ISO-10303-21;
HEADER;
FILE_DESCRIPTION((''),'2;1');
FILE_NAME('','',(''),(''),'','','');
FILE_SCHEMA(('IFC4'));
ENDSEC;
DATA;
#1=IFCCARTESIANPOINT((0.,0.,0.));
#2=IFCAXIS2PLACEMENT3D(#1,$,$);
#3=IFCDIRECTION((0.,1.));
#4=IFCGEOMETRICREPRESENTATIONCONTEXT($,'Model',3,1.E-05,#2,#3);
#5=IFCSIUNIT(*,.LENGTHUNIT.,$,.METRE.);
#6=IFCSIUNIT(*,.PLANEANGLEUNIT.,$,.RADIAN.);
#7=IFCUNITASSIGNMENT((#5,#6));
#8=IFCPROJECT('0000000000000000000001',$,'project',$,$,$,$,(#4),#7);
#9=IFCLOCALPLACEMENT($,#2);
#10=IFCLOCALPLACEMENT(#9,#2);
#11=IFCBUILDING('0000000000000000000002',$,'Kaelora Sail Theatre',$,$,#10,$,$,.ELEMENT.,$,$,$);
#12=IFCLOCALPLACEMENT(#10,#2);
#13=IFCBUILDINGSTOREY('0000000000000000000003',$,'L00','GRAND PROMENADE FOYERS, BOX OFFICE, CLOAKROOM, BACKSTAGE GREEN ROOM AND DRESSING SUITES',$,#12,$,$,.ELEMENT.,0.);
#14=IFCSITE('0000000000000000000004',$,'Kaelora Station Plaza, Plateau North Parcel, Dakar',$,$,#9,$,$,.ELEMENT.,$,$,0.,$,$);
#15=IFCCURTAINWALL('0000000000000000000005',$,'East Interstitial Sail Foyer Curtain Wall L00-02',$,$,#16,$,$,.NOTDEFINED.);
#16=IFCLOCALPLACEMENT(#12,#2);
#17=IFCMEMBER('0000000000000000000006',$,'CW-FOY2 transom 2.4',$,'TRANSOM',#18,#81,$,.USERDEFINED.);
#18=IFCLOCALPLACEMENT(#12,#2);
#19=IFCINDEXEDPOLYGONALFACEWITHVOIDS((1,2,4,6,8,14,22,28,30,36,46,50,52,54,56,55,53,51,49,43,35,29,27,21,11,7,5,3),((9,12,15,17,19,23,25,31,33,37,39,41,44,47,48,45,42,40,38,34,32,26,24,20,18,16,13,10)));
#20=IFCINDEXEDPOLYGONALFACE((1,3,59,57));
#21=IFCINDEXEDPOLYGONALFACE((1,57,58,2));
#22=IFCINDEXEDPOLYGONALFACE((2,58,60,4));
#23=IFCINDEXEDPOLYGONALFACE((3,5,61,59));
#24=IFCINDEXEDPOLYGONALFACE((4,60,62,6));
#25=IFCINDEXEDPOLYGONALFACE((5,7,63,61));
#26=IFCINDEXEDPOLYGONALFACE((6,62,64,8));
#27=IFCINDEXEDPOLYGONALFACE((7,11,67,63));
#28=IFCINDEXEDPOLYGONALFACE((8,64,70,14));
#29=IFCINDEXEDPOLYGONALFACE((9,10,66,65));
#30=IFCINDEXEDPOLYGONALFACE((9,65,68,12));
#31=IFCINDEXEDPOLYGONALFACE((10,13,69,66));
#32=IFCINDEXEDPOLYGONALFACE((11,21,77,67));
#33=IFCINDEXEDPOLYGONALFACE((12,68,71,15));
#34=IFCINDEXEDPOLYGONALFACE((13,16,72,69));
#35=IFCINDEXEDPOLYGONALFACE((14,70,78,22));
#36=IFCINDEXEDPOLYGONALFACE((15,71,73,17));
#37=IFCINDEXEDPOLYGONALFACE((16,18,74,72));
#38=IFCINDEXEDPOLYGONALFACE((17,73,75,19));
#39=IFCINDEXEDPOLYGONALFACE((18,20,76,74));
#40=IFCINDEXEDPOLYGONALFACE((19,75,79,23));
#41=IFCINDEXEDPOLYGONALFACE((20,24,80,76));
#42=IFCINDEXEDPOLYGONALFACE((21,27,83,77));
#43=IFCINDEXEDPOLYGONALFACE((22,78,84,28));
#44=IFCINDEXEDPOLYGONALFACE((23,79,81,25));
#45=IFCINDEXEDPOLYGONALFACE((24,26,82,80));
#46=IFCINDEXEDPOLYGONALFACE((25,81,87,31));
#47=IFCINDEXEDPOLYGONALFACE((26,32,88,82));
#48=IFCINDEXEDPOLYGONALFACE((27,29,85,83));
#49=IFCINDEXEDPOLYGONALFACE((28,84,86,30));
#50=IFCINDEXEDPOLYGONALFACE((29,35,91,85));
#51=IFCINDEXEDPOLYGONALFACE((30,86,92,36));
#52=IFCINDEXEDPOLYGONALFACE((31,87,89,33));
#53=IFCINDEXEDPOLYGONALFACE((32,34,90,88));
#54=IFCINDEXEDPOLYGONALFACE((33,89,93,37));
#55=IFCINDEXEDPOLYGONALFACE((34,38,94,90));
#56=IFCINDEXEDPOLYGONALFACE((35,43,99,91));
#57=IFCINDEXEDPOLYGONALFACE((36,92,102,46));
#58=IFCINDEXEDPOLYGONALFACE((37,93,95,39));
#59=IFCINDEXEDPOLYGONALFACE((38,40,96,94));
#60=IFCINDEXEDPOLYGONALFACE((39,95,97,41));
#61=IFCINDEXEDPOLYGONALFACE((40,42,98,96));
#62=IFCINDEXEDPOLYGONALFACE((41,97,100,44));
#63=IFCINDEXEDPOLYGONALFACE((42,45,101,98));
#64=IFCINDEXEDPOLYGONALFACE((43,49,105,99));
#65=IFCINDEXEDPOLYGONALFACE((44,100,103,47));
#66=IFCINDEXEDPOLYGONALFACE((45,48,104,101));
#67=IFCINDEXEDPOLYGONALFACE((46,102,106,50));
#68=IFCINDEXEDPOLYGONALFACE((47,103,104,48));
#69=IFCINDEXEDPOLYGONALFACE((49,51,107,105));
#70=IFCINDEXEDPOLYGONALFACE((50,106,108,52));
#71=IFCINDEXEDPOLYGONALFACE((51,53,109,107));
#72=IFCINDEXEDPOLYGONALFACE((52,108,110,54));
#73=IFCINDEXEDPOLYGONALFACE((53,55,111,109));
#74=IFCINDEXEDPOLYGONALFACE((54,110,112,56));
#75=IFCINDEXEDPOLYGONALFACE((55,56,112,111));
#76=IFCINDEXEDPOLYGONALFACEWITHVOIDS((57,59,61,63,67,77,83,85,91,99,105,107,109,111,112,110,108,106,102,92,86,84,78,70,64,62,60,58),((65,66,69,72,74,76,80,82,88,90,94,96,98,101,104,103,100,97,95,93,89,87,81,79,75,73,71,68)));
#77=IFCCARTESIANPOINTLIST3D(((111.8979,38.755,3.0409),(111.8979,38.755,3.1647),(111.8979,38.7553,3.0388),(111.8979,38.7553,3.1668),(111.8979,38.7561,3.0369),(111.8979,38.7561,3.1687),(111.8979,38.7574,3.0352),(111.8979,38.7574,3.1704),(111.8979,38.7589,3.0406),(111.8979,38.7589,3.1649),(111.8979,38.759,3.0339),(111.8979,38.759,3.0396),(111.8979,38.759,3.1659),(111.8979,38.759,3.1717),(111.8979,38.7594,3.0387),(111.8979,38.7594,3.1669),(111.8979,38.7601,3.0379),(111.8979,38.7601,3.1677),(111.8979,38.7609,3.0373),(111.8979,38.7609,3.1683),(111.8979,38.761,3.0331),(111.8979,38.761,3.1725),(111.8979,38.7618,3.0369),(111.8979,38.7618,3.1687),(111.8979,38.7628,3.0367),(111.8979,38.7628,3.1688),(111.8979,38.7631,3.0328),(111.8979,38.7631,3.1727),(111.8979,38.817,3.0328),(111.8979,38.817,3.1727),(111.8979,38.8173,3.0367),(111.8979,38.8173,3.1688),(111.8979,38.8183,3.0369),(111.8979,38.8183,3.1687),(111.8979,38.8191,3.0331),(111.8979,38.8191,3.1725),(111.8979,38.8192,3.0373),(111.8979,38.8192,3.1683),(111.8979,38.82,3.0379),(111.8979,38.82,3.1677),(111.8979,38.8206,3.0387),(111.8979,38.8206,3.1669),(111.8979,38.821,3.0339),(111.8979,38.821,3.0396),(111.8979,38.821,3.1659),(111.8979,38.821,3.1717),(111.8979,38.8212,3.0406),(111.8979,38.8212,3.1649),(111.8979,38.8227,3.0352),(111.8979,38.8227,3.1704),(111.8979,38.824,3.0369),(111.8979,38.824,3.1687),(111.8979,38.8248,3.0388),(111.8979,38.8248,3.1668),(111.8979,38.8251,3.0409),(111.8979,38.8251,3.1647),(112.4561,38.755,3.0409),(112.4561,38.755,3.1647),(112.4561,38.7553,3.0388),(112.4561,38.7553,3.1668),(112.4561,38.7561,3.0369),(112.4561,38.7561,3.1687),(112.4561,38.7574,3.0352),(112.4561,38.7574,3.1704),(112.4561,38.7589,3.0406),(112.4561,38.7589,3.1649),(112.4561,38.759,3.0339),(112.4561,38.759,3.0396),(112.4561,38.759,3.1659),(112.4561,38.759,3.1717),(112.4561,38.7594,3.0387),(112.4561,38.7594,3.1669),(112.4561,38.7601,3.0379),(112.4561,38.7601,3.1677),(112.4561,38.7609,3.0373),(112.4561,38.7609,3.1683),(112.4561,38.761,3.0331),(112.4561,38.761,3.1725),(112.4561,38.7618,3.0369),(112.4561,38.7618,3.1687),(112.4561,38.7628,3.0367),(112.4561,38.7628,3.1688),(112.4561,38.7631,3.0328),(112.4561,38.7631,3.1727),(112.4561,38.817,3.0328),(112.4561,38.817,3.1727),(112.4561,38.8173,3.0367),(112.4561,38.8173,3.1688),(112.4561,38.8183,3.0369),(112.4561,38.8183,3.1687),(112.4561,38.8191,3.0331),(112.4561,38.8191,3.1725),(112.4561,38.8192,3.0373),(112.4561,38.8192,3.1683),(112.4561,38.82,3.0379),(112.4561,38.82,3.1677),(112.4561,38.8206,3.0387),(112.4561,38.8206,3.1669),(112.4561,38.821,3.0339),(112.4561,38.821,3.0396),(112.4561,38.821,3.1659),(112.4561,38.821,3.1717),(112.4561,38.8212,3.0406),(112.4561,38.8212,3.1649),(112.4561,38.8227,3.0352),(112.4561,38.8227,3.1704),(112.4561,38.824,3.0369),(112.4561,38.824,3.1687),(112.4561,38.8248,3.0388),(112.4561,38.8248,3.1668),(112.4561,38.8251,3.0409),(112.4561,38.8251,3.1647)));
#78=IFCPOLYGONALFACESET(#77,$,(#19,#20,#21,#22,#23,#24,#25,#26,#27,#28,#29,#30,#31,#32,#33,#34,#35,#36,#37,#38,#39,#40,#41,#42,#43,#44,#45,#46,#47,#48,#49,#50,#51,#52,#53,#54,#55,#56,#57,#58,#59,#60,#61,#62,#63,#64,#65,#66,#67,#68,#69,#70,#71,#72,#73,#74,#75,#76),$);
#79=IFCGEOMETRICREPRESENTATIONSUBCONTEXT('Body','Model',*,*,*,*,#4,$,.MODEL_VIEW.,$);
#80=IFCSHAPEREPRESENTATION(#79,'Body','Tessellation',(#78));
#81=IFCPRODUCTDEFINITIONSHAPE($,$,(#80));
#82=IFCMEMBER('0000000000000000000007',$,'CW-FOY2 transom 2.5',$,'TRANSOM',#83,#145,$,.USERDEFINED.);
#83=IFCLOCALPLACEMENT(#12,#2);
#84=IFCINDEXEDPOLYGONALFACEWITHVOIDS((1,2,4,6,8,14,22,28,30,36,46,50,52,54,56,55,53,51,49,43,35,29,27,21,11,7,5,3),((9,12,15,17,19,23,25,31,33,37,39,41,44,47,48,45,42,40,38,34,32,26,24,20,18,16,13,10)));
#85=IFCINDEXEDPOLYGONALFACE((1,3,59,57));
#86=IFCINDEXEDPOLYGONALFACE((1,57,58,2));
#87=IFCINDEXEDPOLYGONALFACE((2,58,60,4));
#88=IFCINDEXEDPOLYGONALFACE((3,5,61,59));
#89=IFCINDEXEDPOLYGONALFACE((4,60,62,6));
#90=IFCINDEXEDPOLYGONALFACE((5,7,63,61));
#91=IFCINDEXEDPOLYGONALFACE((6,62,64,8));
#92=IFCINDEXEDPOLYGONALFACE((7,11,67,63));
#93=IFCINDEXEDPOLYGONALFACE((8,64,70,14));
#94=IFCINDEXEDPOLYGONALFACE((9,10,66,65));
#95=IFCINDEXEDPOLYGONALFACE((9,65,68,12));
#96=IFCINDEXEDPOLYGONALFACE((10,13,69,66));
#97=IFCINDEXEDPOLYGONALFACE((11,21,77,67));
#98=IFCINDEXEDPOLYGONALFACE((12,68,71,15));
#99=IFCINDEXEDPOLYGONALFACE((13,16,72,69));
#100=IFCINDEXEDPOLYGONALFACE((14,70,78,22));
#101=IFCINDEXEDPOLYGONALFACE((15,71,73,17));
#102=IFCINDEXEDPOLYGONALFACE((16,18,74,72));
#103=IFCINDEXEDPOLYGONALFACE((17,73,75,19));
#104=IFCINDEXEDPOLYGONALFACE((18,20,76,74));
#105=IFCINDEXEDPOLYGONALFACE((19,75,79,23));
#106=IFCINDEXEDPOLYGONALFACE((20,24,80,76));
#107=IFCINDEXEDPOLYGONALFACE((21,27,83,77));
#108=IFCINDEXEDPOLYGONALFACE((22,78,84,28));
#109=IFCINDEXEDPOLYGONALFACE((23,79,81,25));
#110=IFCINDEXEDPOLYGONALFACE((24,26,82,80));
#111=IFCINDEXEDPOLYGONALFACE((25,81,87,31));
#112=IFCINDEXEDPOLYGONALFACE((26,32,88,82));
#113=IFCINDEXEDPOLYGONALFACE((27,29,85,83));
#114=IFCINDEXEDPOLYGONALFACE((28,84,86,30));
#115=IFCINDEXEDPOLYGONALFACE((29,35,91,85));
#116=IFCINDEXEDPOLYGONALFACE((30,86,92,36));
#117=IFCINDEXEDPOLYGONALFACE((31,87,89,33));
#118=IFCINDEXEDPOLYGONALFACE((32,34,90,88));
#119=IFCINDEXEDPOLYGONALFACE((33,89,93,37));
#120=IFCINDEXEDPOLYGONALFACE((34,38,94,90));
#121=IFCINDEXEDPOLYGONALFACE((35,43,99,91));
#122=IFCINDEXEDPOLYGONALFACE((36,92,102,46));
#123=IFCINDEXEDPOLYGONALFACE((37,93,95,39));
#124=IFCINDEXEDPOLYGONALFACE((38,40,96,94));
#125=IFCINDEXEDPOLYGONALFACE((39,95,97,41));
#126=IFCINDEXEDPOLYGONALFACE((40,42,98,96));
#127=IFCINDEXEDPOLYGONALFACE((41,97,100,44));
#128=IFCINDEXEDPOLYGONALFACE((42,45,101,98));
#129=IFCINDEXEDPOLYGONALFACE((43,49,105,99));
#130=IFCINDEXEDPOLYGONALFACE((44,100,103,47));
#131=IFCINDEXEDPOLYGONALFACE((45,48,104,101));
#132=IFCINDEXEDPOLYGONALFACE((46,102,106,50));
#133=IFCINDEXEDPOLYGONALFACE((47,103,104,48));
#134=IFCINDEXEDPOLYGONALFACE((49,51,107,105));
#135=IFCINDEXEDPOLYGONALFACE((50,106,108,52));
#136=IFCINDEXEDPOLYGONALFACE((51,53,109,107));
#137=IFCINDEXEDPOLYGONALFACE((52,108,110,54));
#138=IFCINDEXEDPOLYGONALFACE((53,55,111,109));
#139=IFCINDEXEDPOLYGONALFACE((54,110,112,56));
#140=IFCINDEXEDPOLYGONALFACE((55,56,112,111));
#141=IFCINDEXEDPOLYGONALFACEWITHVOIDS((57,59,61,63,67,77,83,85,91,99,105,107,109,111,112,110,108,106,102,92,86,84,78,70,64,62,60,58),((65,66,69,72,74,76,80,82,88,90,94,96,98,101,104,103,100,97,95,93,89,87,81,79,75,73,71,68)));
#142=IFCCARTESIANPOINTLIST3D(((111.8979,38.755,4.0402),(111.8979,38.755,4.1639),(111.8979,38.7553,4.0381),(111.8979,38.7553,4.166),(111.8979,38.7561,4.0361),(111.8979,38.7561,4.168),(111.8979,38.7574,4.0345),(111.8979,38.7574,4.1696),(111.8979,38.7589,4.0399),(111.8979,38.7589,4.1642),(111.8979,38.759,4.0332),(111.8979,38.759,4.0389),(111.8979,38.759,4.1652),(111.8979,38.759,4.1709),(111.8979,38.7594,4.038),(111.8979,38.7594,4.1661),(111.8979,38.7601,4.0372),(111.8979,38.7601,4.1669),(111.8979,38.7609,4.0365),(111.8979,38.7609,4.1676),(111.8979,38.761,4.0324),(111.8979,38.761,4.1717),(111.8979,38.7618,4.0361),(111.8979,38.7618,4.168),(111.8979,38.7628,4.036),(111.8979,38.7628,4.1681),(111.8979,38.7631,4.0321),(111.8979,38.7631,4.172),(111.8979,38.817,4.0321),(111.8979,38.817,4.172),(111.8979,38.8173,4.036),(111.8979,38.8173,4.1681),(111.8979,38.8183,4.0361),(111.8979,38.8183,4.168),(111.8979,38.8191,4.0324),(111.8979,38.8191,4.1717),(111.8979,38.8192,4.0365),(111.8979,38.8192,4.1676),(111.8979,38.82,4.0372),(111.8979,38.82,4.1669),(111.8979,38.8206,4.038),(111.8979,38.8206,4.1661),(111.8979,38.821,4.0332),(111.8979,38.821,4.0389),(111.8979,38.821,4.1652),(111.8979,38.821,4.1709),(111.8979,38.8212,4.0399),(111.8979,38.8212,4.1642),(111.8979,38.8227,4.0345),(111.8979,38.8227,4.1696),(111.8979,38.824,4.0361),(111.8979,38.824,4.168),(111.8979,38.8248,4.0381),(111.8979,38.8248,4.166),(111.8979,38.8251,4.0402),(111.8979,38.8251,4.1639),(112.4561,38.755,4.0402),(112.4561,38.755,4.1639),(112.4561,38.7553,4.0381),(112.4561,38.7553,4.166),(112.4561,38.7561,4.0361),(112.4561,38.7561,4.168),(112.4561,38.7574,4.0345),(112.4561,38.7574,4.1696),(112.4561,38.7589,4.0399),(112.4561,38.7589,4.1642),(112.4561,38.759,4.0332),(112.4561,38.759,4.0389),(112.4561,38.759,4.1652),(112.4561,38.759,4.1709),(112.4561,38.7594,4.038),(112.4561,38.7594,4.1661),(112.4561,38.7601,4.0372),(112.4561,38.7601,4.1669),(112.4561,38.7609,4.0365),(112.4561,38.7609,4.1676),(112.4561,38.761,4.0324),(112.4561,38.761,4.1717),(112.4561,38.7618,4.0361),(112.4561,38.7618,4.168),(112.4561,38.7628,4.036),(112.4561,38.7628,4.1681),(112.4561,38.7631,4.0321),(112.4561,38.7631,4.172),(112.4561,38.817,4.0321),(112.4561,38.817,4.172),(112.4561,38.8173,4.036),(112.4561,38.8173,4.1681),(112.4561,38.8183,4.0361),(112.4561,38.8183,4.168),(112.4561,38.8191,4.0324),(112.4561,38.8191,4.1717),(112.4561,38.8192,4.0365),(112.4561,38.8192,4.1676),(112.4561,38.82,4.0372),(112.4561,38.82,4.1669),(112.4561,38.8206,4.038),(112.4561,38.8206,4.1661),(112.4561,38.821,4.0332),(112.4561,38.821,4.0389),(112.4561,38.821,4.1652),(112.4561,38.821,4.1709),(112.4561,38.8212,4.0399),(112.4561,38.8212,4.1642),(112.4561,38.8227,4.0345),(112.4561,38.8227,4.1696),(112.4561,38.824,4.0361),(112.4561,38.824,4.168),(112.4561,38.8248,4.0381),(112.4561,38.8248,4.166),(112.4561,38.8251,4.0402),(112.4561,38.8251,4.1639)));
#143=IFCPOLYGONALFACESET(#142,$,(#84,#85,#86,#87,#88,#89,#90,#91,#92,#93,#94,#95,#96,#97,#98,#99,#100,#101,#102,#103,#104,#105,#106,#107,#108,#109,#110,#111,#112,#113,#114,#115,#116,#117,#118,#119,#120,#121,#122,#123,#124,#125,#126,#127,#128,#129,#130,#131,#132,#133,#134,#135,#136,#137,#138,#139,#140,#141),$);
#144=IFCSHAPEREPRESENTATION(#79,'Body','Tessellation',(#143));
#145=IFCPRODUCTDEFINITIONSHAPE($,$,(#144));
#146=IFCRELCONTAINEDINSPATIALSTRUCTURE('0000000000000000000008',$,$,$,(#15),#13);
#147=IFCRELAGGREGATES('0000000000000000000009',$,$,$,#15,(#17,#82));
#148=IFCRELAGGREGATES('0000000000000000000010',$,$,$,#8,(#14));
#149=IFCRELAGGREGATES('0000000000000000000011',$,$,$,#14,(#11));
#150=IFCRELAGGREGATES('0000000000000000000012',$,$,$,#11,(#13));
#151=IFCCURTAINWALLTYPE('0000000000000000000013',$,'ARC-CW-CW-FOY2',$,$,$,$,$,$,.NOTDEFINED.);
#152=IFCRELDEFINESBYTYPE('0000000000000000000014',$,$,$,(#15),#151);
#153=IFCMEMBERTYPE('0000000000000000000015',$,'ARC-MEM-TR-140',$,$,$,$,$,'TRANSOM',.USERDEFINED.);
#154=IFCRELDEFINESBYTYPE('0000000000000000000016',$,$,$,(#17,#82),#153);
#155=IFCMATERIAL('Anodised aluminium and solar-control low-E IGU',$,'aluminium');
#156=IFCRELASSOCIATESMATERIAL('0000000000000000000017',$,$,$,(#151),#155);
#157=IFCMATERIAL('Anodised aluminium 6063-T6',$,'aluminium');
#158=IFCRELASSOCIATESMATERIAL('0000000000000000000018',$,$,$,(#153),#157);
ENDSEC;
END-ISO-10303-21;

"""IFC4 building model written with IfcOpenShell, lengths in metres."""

from ifc_helpers import new_model, si_unit, direction, frame, origin, origin_2d, place, context, subcontext, project, spatial, hollow_rectangle, extrude, material, material_profile, profile_set, type_object, element, aggregate, save


model = new_model("IFC4")

# Units and contexts
model_context = context("Model", 3, precision=1e-05, world=origin(), true_north=direction((0.0, 1.0)))
body_context = subcontext(model_context, "Body", "Model", "MODEL_VIEW")
ifc_project = project(units=[si_unit("LENGTHUNIT", "METRE"), si_unit("PLANEANGLEUNIT", "RADIAN")], contexts=[model_context])

# Site, building, storey
site_placement = place(None, origin())
site = spatial("IfcSite", under=ifc_project, at=site_placement, Name="Kaelora Station Plaza, Plateau North Parcel, Dakar", CompositionType="ELEMENT", RefElevation=0.0)
building_placement = place(site_placement, origin())
building = spatial("IfcBuilding", under=site, at=building_placement, Name="Kaelora Sail Theatre", CompositionType="ELEMENT")
storey_placement = place(building_placement, origin())
storey = spatial("IfcBuildingStorey", under=building, at=storey_placement, Name="L00", Description="GRAND PROMENADE FOYERS, BOX OFFICE, CLOAKROOM, BACKSTAGE GREEN ROOM AND DRESSING SUITES", CompositionType="ELEMENT", Elevation=0.0)

# Curtain wall, members
ifc_material_1 = material(Name="Anodised aluminium and solar-control low-E IGU", Category="aluminium")
curtain_wall_type = type_object("IfcCurtainWallType", Name="ARC-CW-CW-FOY2", PredefinedType="NOTDEFINED", material=ifc_material_1)
ifc_material_2 = material(Name="Anodised aluminium 6063-T6", Category="aluminium")
ifc_material_profile = material_profile(ifc_material_2, hollow_rectangle(XDim=0.0701, YDim=0.1399, WallThickness=0.0039, InnerFilletRadius=0.0039, OuterFilletRadius=0.0081, at=origin_2d()), Name="ALU-TRAN 70x140x4")
ifc_profile_set = profile_set([ifc_material_profile], Name="Anodised aluminium 6063-T6")
member_type = type_object("IfcMemberType", Name="ARC-MEM-TR-140", ElementType="TRANSOM", PredefinedType="USERDEFINED", material=ifc_profile_set)
curtain_wall_1_placement = place(storey_placement, origin())
curtain_wall_1 = element("IfcCurtainWall", 1, at=curtain_wall_1_placement, inside=storey, type_object=curtain_wall_type, Name="East Interstitial Sail Foyer Curtain Wall L00-02", PredefinedType="NOTDEFINED")
member_1_placement = place(storey_placement, frame((111.8979, 38.79, 3.1028), z_axis=(1.0, 0.0, 0.0), x_axis=(0.0, 1.0, 0.0)))
member_1 = element("IfcMember", 2, at=member_1_placement, type_object=member_type, Name="CW-FOY2 transom 2.4", ObjectType="TRANSOM", PredefinedType="USERDEFINED", context=body_context, shape_type="SweptSolid", body=[
    extrude(hollow_rectangle(XDim=0.0701, YDim=0.1399, WallThickness=0.0039, InnerFilletRadius=0.0039, OuterFilletRadius=0.0081, at=origin_2d()), origin(), (0.0, 0.0, 1.0), 0.5581),
])
member_2_placement = place(storey_placement, frame((111.8979, 38.79, 4.1021), z_axis=(1.0, 0.0, 0.0), x_axis=(0.0, 1.0, 0.0)))
member_2 = element("IfcMember", 3, at=member_2_placement, type_object=member_type, Name="CW-FOY2 transom 2.5", ObjectType="TRANSOM", PredefinedType="USERDEFINED", context=body_context, shape_type="SweptSolid", body=[
    extrude(hollow_rectangle(XDim=0.0701, YDim=0.1399, WallThickness=0.0039, InnerFilletRadius=0.0039, OuterFilletRadius=0.0081, at=origin_2d()), origin(), (0.0, 0.0, 1.0), 0.5581),
])

aggregate(curtain_wall_1, [member_1, member_2])

save(model, "model.ifc")
